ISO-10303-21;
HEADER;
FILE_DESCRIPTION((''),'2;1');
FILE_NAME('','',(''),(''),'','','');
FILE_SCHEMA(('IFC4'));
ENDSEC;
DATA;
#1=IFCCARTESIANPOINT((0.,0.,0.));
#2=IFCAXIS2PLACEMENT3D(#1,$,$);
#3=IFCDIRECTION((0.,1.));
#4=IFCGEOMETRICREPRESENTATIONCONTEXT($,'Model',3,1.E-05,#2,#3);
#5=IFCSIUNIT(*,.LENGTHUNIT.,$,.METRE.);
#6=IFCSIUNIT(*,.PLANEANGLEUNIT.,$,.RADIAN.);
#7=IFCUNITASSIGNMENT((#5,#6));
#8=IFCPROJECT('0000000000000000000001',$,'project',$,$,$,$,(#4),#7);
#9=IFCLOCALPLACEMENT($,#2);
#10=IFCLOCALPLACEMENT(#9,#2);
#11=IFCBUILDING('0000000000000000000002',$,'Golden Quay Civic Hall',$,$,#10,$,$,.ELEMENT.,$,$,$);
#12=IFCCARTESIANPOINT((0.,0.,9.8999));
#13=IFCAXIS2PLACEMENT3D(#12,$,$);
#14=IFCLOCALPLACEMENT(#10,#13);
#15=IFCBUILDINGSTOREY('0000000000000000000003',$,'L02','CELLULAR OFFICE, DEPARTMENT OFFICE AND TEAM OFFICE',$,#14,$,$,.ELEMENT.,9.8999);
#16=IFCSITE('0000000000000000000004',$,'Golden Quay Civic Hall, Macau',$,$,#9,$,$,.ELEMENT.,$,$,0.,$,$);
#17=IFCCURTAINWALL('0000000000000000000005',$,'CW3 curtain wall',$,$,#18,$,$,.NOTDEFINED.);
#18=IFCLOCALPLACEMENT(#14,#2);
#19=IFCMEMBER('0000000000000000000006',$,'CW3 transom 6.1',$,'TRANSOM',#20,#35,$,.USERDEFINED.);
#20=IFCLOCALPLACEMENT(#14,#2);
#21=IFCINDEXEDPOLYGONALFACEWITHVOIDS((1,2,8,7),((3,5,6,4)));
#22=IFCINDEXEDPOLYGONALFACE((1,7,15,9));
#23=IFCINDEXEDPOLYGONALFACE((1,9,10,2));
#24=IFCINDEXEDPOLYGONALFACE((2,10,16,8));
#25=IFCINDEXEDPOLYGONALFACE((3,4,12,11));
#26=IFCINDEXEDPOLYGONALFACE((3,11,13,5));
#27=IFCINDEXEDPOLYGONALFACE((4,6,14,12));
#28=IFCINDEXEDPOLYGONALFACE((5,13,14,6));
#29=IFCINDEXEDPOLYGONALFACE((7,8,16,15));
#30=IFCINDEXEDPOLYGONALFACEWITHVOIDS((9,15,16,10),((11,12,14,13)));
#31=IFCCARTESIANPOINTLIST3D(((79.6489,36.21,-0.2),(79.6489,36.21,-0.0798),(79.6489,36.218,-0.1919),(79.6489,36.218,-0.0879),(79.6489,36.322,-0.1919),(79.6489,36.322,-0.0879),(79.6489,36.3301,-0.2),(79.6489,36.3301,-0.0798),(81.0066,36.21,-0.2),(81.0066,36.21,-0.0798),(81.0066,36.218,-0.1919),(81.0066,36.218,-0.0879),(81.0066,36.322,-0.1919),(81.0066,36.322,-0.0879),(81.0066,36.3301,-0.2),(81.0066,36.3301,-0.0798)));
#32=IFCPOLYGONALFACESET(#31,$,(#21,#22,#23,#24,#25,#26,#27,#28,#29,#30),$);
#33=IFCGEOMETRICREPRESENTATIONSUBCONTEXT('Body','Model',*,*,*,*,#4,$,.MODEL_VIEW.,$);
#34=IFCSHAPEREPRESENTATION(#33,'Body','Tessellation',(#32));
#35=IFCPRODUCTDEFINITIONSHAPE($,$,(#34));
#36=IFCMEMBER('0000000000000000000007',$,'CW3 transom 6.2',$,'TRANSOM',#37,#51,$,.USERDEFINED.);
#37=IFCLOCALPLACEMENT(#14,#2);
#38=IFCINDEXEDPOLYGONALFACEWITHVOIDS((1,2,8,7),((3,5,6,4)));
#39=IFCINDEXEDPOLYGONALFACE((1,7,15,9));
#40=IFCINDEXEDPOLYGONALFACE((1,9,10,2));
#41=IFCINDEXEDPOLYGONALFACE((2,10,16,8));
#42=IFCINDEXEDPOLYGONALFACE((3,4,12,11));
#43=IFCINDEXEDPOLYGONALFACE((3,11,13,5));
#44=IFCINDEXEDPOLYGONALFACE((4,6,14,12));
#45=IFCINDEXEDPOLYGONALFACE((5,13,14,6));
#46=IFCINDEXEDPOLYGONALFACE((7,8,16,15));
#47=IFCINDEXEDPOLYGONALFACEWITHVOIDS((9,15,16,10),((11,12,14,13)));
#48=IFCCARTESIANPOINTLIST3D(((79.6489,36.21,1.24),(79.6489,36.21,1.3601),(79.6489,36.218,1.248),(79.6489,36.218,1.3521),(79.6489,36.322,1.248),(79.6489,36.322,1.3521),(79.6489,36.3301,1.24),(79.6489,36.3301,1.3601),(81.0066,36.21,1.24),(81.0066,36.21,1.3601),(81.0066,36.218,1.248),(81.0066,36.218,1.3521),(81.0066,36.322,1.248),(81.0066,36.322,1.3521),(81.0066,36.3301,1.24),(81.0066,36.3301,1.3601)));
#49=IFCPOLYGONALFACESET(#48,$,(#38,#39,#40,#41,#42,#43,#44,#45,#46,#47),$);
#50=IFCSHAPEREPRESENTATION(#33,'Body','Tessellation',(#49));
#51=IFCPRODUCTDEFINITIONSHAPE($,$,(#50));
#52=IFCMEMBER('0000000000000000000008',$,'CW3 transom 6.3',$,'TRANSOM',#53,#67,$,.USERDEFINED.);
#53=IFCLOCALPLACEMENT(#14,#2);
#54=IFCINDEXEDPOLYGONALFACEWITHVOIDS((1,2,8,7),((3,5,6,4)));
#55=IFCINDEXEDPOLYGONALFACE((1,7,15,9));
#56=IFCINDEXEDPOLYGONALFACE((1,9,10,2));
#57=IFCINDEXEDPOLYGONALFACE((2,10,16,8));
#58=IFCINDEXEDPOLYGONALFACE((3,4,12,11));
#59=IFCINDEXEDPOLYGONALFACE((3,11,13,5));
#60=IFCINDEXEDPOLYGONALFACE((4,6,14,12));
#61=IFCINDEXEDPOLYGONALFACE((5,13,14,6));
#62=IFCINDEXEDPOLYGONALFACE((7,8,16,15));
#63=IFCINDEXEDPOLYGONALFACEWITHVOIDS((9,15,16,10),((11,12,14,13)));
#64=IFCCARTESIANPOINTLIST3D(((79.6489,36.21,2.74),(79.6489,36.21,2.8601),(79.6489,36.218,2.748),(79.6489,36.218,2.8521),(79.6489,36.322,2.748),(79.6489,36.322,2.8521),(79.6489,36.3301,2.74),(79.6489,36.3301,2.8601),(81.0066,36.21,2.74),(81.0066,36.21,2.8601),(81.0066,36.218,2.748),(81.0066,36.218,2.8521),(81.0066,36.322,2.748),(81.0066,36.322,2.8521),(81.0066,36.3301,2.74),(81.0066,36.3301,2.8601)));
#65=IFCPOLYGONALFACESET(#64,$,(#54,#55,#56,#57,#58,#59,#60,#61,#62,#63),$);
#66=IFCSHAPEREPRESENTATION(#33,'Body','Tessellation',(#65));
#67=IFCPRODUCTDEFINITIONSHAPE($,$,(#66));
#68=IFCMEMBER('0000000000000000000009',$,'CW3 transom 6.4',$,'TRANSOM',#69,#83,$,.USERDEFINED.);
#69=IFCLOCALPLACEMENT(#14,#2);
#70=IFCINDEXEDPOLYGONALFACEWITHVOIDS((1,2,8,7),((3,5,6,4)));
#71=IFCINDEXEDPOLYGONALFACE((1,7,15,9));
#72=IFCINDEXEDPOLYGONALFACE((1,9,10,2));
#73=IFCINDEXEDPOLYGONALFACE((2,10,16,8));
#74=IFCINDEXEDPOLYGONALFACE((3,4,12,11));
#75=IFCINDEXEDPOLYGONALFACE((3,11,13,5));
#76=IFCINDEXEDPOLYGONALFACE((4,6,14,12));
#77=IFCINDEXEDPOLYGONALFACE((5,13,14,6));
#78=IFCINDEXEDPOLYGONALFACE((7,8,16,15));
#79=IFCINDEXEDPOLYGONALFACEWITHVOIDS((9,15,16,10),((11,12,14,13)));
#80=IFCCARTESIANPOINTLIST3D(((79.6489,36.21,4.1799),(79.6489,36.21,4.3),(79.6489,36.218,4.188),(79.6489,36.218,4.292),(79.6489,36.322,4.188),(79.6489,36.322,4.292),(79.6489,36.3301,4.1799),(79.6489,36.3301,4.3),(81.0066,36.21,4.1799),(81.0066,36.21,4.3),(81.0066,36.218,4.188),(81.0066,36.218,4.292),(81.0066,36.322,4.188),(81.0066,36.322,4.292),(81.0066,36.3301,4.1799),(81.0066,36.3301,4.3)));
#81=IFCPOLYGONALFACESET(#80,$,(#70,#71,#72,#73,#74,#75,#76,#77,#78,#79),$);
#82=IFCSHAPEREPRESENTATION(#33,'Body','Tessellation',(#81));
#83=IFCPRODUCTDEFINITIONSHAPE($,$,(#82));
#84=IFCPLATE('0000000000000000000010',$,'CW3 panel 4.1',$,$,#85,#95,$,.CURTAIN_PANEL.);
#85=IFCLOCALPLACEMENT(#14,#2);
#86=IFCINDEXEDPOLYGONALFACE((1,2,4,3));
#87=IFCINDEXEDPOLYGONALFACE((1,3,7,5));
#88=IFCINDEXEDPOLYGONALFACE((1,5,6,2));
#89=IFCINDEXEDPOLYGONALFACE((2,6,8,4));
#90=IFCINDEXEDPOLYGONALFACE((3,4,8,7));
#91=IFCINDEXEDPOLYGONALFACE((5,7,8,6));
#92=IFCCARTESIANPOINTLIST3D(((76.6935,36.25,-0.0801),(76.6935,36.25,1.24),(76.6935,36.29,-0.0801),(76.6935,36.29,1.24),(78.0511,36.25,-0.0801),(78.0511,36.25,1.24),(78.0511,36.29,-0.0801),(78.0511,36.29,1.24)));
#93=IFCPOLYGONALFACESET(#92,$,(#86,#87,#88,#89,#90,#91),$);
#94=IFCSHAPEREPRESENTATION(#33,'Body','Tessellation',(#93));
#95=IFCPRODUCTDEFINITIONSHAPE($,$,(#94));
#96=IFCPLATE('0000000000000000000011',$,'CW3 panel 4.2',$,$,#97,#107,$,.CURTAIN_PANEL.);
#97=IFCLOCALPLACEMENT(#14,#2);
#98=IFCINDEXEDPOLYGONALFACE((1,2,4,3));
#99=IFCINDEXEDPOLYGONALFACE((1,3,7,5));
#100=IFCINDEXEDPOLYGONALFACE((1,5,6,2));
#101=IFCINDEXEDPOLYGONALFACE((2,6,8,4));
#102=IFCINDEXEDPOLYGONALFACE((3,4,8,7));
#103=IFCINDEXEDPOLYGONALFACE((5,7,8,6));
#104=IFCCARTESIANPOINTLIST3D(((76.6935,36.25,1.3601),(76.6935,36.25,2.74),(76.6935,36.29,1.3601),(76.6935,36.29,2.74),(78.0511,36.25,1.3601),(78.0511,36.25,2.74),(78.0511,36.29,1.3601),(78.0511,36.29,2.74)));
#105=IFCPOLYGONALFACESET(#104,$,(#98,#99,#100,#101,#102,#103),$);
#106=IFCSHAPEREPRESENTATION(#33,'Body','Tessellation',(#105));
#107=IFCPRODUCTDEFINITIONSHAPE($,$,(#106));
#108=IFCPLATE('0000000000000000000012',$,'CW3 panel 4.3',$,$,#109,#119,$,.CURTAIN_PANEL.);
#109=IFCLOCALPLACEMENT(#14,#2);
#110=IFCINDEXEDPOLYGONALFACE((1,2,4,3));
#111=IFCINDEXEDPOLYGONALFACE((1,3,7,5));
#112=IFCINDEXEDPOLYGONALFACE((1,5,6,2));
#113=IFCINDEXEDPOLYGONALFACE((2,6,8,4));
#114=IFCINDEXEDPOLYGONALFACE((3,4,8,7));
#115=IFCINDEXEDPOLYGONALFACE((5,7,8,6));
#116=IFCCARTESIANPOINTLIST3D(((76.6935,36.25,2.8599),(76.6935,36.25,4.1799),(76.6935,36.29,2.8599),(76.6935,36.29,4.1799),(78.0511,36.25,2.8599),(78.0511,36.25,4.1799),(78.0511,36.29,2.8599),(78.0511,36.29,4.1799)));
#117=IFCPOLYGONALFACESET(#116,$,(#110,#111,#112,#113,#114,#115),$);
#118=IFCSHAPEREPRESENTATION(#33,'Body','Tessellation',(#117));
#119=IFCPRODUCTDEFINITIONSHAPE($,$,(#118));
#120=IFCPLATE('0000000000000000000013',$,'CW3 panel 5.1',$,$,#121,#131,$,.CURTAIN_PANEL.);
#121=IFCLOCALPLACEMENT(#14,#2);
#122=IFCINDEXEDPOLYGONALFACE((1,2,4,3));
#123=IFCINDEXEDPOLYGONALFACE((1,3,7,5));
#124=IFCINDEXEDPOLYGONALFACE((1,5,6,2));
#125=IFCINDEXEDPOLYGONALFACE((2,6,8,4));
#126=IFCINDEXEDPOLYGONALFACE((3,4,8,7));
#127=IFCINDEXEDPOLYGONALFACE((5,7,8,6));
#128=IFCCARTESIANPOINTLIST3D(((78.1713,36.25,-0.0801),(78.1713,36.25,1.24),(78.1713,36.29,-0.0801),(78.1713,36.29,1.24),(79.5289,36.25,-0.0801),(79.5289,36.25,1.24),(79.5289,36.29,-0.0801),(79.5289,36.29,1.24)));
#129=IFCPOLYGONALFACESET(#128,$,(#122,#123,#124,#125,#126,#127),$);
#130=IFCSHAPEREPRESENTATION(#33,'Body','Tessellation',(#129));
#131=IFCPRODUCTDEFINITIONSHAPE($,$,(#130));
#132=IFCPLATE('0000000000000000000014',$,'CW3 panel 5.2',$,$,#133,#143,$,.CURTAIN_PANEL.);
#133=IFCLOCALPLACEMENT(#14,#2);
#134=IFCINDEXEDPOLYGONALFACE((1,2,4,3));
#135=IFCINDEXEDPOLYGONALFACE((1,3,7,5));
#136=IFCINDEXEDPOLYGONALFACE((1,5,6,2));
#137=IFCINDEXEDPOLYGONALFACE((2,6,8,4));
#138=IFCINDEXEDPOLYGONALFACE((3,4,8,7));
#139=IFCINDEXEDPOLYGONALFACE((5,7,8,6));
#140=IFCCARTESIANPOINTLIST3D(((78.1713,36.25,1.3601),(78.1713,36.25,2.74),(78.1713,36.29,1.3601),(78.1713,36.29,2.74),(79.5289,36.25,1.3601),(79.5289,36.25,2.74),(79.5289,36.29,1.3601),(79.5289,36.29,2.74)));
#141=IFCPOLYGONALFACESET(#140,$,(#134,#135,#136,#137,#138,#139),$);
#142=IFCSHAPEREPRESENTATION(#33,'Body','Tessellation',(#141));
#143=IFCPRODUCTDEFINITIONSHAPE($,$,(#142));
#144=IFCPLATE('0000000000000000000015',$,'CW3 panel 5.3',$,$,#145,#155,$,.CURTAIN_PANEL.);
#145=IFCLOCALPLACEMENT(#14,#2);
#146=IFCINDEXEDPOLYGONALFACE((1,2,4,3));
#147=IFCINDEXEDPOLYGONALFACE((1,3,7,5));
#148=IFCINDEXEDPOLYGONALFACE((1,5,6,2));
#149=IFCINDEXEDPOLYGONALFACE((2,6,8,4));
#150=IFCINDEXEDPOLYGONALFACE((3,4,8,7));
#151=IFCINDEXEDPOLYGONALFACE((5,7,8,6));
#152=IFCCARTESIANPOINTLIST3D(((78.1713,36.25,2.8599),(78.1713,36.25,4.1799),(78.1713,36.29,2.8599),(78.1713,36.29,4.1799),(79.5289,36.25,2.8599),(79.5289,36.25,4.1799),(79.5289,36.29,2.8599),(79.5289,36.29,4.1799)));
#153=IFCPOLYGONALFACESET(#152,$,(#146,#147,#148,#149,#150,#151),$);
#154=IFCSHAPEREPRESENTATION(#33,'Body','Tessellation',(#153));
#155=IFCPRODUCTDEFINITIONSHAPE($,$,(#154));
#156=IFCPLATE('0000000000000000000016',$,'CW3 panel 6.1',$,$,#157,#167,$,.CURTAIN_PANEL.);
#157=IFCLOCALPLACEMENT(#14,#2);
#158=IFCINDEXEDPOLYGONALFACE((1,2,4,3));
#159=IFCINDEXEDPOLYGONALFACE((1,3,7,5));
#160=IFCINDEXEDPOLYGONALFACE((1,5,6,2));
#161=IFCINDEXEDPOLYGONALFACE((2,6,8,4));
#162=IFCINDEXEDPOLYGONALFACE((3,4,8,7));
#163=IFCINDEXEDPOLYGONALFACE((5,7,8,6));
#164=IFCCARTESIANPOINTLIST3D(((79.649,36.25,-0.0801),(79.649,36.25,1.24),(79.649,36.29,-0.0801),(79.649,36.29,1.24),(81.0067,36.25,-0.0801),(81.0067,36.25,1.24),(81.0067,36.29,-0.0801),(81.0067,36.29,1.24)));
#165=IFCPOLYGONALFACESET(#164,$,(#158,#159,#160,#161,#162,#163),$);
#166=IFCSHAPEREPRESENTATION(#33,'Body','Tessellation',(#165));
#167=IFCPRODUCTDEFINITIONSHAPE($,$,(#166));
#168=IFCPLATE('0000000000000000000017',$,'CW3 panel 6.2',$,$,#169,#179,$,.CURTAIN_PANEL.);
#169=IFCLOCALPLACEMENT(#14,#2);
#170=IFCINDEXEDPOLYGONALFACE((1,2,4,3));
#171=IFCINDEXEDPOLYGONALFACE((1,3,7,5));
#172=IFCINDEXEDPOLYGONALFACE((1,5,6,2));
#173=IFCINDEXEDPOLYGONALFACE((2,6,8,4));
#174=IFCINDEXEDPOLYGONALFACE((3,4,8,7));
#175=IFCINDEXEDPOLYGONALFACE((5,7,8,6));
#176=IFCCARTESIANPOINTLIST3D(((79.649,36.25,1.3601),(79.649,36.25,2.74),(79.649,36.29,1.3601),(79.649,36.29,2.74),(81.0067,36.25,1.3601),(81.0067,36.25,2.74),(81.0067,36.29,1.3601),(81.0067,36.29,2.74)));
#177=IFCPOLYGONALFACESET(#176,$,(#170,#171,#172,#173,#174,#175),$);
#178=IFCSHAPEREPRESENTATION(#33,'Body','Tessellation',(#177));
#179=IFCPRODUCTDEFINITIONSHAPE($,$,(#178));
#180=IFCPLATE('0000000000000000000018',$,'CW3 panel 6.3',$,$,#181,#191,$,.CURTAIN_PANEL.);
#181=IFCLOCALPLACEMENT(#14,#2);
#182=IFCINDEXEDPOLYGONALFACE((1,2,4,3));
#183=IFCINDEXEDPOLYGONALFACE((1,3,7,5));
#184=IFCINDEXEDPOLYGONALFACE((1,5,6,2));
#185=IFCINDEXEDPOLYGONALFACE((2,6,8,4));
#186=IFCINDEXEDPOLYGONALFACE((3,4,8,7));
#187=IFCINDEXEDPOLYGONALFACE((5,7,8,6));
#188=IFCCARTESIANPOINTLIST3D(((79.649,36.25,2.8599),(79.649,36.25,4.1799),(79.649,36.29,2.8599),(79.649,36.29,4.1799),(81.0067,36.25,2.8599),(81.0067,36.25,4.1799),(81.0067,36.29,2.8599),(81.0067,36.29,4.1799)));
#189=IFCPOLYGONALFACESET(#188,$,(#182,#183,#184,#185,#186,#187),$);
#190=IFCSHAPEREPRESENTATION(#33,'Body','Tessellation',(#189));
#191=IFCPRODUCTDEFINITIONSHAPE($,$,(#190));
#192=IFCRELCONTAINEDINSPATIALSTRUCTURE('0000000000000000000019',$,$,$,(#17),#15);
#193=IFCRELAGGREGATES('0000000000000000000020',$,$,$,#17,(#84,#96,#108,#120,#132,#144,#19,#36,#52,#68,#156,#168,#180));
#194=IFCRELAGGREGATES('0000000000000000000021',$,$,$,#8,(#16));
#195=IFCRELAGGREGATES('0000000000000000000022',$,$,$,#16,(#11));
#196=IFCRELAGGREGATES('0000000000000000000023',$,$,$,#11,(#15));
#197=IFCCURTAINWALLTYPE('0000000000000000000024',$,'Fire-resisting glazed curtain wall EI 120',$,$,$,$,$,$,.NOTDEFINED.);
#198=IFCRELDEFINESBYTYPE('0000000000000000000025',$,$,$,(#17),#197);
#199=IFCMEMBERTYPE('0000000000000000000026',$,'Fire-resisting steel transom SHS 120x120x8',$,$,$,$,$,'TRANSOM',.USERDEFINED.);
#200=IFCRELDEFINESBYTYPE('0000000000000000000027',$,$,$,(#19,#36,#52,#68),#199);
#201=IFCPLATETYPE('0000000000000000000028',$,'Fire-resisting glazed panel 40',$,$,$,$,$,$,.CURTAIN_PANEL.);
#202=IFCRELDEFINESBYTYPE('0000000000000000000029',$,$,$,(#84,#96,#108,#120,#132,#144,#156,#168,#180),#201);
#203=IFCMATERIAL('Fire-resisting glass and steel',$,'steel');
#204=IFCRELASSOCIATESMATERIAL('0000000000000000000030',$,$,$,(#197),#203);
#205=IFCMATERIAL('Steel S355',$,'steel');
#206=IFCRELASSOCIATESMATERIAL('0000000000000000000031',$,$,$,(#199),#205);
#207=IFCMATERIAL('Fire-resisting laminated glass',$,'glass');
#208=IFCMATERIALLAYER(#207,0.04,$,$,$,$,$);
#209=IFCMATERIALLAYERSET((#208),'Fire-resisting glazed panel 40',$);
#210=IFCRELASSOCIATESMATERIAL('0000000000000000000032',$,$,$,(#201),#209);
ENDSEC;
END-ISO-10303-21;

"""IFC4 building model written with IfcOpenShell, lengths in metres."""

from ifc_helpers import new_model, si_unit, direction, frame, origin, origin_2d, place, context, subcontext, project, spatial, rectangle, hollow_rectangle, extrude, material, layer, layer_set, material_profile, profile_set, type_object, element, aggregate, save


model = new_model("IFC4")

# Units and contexts
model_context = context("Model", 3, precision=1e-05, world=origin(), true_north=direction((0.0, 1.0)))
body_context = subcontext(model_context, "Body", "Model", "MODEL_VIEW")
ifc_project = project(units=[si_unit("LENGTHUNIT", "METRE"), si_unit("PLANEANGLEUNIT", "RADIAN")], contexts=[model_context])

# Site, building, storey
site_placement = place(None, origin())
site = spatial("IfcSite", under=ifc_project, at=site_placement, Name="Golden Quay Civic Hall, Macau", CompositionType="ELEMENT", RefElevation=0.0)
building_placement = place(site_placement, origin())
building = spatial("IfcBuilding", under=site, at=building_placement, Name="Golden Quay Civic Hall", CompositionType="ELEMENT")
storey_placement = place(building_placement, frame((0.0, 0.0, 9.8999)))
storey = spatial("IfcBuildingStorey", under=building, at=storey_placement, Name="L02", Description="CELLULAR OFFICE, DEPARTMENT OFFICE AND TEAM OFFICE", CompositionType="ELEMENT", Elevation=9.8999)

# Curtain wall, members, plates
ifc_material_1 = material(Name="Fire-resisting glass and steel", Category="steel")
curtain_wall_type = type_object("IfcCurtainWallType", Name="Fire-resisting glazed curtain wall EI 120", PredefinedType="NOTDEFINED", material=ifc_material_1)
curtain_wall_placement = place(storey_placement, origin())
curtain_wall = element("IfcCurtainWall", 1, at=curtain_wall_placement, inside=storey, type_object=curtain_wall_type, Name="CW3 curtain wall", PredefinedType="NOTDEFINED")
ifc_material_2 = material(Name="Steel S355", Category="steel")
ifc_material_profile_1 = material_profile(ifc_material_2, hollow_rectangle(XDim=0.1201, YDim=0.1201, WallThickness=0.0081, at=origin_2d()), Name="SHS 120x120x8")
ifc_profile_set_1 = profile_set([ifc_material_profile_1], Name="Steel S355")
member_type_1 = type_object("IfcMemberType", Name="Fire-resisting steel transom SHS 120x120x8", ElementType="TRANSOM", PredefinedType="USERDEFINED", material=ifc_profile_set_1)
member_1_placement = place(storey_placement, frame((79.6489, 36.27, -0.1399), z_axis=(1.0, 0.0, 0.0), x_axis=(0.0, 1.0, 0.0)))
member_1 = element("IfcMember", 2, at=member_1_placement, type_object=member_type_1, Name="CW3 transom 6.1", ObjectType="TRANSOM", PredefinedType="USERDEFINED", context=body_context, shape_type="SweptSolid", body=[
    extrude(hollow_rectangle(XDim=0.1201, YDim=0.1201, WallThickness=0.0081, at=origin_2d()), origin(), (0.0, 0.0, 1.0), 1.3577),
])
member_2_placement = place(storey_placement, frame((79.6489, 36.27, 1.3), z_axis=(1.0, 0.0, 0.0), x_axis=(0.0, 1.0, 0.0)))
member_2 = element("IfcMember", 3, at=member_2_placement, type_object=member_type_1, Name="CW3 transom 6.2", ObjectType="TRANSOM", PredefinedType="USERDEFINED", context=body_context, shape_type="SweptSolid", body=[
    extrude(hollow_rectangle(XDim=0.1201, YDim=0.1201, WallThickness=0.0081, at=origin_2d()), origin(), (0.0, 0.0, 1.0), 1.3577),
])
member_3_placement = place(storey_placement, frame((79.6489, 36.27, 2.8), z_axis=(1.0, 0.0, 0.0), x_axis=(0.0, 1.0, 0.0)))
member_3 = element("IfcMember", 4, at=member_3_placement, type_object=member_type_1, Name="CW3 transom 6.3", ObjectType="TRANSOM", PredefinedType="USERDEFINED", context=body_context, shape_type="SweptSolid", body=[
    extrude(hollow_rectangle(XDim=0.1201, YDim=0.1201, WallThickness=0.0081, at=origin_2d()), origin(), (0.0, 0.0, 1.0), 1.3577),
])
member_4_placement = place(storey_placement, frame((79.6489, 36.27, 4.24), z_axis=(1.0, 0.0, 0.0), x_axis=(0.0, 1.0, 0.0)))
member_4 = element("IfcMember", 5, at=member_4_placement, type_object=member_type_1, Name="CW3 transom 6.4", ObjectType="TRANSOM", PredefinedType="USERDEFINED", context=body_context, shape_type="SweptSolid", body=[
    extrude(hollow_rectangle(XDim=0.1201, YDim=0.1201, WallThickness=0.0081, at=origin_2d()), origin(), (0.0, 0.0, 1.0), 1.3577),
])
ifc_material_3 = material(Name="Fire-resisting laminated glass", Category="glass")
ifc_layer = layer(ifc_material_3, 0.04)
ifc_layer_set = layer_set([ifc_layer], Name="Fire-resisting glazed panel 40")
plate_type = type_object("IfcPlateType", Name="Fire-resisting glazed panel 40", PredefinedType="CURTAIN_PANEL", material=ifc_layer_set)
plate_1_placement = place(storey_placement, frame((77.3723, 36.27, -0.0801), z_axis=(0.0, 0.0, 1.0), x_axis=(1.0, 0.0, 0.0)))
plate_1 = element("IfcPlate", 6, at=plate_1_placement, type_object=plate_type, Name="CW3 panel 4.1", PredefinedType="CURTAIN_PANEL", context=body_context, shape_type="SweptSolid", body=[
    extrude(rectangle(XDim=1.3577, YDim=0.04, at=origin_2d()), origin(), (0.0, 0.0, 1.0), 1.3201),
])
plate_2_placement = place(storey_placement, frame((77.3723, 36.27, 1.3601), z_axis=(0.0, 0.0, 1.0), x_axis=(1.0, 0.0, 0.0)))
plate_2 = element("IfcPlate", 7, at=plate_2_placement, type_object=plate_type, Name="CW3 panel 4.2", PredefinedType="CURTAIN_PANEL", context=body_context, shape_type="SweptSolid", body=[
    extrude(rectangle(XDim=1.3577, YDim=0.04, at=origin_2d()), origin(), (0.0, 0.0, 1.0), 1.3799),
])
plate_3_placement = place(storey_placement, frame((77.3723, 36.27, 2.8599), z_axis=(0.0, 0.0, 1.0), x_axis=(1.0, 0.0, 0.0)))
plate_3 = element("IfcPlate", 8, at=plate_3_placement, type_object=plate_type, Name="CW3 panel 4.3", PredefinedType="CURTAIN_PANEL", context=body_context, shape_type="SweptSolid", body=[
    extrude(rectangle(XDim=1.3577, YDim=0.04, at=origin_2d()), origin(), (0.0, 0.0, 1.0), 1.3201),
])
plate_4_placement = place(storey_placement, frame((78.8501, 36.27, -0.0801), z_axis=(0.0, 0.0, 1.0), x_axis=(1.0, 0.0, 0.0)))
plate_4 = element("IfcPlate", 9, at=plate_4_placement, type_object=plate_type, Name="CW3 panel 5.1", PredefinedType="CURTAIN_PANEL", context=body_context, shape_type="SweptSolid", body=[
    extrude(rectangle(XDim=1.3577, YDim=0.04, at=origin_2d()), origin(), (0.0, 0.0, 1.0), 1.3201),
])
plate_5_placement = place(storey_placement, frame((78.8501, 36.27, 1.3601), z_axis=(0.0, 0.0, 1.0), x_axis=(1.0, 0.0, 0.0)))
plate_5 = element("IfcPlate", 10, at=plate_5_placement, type_object=plate_type, Name="CW3 panel 5.2", PredefinedType="CURTAIN_PANEL", context=body_context, shape_type="SweptSolid", body=[
    extrude(rectangle(XDim=1.3577, YDim=0.04, at=origin_2d()), origin(), (0.0, 0.0, 1.0), 1.3799),
])
plate_6_placement = place(storey_placement, frame((78.8501, 36.27, 2.8599), z_axis=(0.0, 0.0, 1.0), x_axis=(1.0, 0.0, 0.0)))
plate_6 = element("IfcPlate", 11, at=plate_6_placement, type_object=plate_type, Name="CW3 panel 5.3", PredefinedType="CURTAIN_PANEL", context=body_context, shape_type="SweptSolid", body=[
    extrude(rectangle(XDim=1.3577, YDim=0.04, at=origin_2d()), origin(), (0.0, 0.0, 1.0), 1.3201),
])
plate_7_placement = place(storey_placement, frame((80.3279, 36.27, -0.0801), z_axis=(0.0, 0.0, 1.0), x_axis=(1.0, 0.0, 0.0)))
plate_7 = element("IfcPlate", 12, at=plate_7_placement, type_object=plate_type, Name="CW3 panel 6.1", PredefinedType="CURTAIN_PANEL", context=body_context, shape_type="SweptSolid", body=[
    extrude(rectangle(XDim=1.3577, YDim=0.04, at=origin_2d()), origin(), (0.0, 0.0, 1.0), 1.3201),
])
plate_8_placement = place(storey_placement, frame((80.3279, 36.27, 1.3601), z_axis=(0.0, 0.0, 1.0), x_axis=(1.0, 0.0, 0.0)))
plate_8 = element("IfcPlate", 13, at=plate_8_placement, type_object=plate_type, Name="CW3 panel 6.2", PredefinedType="CURTAIN_PANEL", context=body_context, shape_type="SweptSolid", body=[
    extrude(rectangle(XDim=1.3577, YDim=0.04, at=origin_2d()), origin(), (0.0, 0.0, 1.0), 1.3799),
])
plate_9_placement = place(storey_placement, frame((80.3279, 36.27, 2.8599), z_axis=(0.0, 0.0, 1.0), x_axis=(1.0, 0.0, 0.0)))
plate_9 = element("IfcPlate", 14, at=plate_9_placement, type_object=plate_type, Name="CW3 panel 6.3", PredefinedType="CURTAIN_PANEL", context=body_context, shape_type="SweptSolid", body=[
    extrude(rectangle(XDim=1.3577, YDim=0.04, at=origin_2d()), origin(), (0.0, 0.0, 1.0), 1.3201),
])
aggregate(curtain_wall, [plate_1, plate_2, plate_3, plate_4, plate_5, plate_6, member_1, member_2, member_3, member_4, plate_7, plate_8, plate_9])

save(model, "model.ifc")
